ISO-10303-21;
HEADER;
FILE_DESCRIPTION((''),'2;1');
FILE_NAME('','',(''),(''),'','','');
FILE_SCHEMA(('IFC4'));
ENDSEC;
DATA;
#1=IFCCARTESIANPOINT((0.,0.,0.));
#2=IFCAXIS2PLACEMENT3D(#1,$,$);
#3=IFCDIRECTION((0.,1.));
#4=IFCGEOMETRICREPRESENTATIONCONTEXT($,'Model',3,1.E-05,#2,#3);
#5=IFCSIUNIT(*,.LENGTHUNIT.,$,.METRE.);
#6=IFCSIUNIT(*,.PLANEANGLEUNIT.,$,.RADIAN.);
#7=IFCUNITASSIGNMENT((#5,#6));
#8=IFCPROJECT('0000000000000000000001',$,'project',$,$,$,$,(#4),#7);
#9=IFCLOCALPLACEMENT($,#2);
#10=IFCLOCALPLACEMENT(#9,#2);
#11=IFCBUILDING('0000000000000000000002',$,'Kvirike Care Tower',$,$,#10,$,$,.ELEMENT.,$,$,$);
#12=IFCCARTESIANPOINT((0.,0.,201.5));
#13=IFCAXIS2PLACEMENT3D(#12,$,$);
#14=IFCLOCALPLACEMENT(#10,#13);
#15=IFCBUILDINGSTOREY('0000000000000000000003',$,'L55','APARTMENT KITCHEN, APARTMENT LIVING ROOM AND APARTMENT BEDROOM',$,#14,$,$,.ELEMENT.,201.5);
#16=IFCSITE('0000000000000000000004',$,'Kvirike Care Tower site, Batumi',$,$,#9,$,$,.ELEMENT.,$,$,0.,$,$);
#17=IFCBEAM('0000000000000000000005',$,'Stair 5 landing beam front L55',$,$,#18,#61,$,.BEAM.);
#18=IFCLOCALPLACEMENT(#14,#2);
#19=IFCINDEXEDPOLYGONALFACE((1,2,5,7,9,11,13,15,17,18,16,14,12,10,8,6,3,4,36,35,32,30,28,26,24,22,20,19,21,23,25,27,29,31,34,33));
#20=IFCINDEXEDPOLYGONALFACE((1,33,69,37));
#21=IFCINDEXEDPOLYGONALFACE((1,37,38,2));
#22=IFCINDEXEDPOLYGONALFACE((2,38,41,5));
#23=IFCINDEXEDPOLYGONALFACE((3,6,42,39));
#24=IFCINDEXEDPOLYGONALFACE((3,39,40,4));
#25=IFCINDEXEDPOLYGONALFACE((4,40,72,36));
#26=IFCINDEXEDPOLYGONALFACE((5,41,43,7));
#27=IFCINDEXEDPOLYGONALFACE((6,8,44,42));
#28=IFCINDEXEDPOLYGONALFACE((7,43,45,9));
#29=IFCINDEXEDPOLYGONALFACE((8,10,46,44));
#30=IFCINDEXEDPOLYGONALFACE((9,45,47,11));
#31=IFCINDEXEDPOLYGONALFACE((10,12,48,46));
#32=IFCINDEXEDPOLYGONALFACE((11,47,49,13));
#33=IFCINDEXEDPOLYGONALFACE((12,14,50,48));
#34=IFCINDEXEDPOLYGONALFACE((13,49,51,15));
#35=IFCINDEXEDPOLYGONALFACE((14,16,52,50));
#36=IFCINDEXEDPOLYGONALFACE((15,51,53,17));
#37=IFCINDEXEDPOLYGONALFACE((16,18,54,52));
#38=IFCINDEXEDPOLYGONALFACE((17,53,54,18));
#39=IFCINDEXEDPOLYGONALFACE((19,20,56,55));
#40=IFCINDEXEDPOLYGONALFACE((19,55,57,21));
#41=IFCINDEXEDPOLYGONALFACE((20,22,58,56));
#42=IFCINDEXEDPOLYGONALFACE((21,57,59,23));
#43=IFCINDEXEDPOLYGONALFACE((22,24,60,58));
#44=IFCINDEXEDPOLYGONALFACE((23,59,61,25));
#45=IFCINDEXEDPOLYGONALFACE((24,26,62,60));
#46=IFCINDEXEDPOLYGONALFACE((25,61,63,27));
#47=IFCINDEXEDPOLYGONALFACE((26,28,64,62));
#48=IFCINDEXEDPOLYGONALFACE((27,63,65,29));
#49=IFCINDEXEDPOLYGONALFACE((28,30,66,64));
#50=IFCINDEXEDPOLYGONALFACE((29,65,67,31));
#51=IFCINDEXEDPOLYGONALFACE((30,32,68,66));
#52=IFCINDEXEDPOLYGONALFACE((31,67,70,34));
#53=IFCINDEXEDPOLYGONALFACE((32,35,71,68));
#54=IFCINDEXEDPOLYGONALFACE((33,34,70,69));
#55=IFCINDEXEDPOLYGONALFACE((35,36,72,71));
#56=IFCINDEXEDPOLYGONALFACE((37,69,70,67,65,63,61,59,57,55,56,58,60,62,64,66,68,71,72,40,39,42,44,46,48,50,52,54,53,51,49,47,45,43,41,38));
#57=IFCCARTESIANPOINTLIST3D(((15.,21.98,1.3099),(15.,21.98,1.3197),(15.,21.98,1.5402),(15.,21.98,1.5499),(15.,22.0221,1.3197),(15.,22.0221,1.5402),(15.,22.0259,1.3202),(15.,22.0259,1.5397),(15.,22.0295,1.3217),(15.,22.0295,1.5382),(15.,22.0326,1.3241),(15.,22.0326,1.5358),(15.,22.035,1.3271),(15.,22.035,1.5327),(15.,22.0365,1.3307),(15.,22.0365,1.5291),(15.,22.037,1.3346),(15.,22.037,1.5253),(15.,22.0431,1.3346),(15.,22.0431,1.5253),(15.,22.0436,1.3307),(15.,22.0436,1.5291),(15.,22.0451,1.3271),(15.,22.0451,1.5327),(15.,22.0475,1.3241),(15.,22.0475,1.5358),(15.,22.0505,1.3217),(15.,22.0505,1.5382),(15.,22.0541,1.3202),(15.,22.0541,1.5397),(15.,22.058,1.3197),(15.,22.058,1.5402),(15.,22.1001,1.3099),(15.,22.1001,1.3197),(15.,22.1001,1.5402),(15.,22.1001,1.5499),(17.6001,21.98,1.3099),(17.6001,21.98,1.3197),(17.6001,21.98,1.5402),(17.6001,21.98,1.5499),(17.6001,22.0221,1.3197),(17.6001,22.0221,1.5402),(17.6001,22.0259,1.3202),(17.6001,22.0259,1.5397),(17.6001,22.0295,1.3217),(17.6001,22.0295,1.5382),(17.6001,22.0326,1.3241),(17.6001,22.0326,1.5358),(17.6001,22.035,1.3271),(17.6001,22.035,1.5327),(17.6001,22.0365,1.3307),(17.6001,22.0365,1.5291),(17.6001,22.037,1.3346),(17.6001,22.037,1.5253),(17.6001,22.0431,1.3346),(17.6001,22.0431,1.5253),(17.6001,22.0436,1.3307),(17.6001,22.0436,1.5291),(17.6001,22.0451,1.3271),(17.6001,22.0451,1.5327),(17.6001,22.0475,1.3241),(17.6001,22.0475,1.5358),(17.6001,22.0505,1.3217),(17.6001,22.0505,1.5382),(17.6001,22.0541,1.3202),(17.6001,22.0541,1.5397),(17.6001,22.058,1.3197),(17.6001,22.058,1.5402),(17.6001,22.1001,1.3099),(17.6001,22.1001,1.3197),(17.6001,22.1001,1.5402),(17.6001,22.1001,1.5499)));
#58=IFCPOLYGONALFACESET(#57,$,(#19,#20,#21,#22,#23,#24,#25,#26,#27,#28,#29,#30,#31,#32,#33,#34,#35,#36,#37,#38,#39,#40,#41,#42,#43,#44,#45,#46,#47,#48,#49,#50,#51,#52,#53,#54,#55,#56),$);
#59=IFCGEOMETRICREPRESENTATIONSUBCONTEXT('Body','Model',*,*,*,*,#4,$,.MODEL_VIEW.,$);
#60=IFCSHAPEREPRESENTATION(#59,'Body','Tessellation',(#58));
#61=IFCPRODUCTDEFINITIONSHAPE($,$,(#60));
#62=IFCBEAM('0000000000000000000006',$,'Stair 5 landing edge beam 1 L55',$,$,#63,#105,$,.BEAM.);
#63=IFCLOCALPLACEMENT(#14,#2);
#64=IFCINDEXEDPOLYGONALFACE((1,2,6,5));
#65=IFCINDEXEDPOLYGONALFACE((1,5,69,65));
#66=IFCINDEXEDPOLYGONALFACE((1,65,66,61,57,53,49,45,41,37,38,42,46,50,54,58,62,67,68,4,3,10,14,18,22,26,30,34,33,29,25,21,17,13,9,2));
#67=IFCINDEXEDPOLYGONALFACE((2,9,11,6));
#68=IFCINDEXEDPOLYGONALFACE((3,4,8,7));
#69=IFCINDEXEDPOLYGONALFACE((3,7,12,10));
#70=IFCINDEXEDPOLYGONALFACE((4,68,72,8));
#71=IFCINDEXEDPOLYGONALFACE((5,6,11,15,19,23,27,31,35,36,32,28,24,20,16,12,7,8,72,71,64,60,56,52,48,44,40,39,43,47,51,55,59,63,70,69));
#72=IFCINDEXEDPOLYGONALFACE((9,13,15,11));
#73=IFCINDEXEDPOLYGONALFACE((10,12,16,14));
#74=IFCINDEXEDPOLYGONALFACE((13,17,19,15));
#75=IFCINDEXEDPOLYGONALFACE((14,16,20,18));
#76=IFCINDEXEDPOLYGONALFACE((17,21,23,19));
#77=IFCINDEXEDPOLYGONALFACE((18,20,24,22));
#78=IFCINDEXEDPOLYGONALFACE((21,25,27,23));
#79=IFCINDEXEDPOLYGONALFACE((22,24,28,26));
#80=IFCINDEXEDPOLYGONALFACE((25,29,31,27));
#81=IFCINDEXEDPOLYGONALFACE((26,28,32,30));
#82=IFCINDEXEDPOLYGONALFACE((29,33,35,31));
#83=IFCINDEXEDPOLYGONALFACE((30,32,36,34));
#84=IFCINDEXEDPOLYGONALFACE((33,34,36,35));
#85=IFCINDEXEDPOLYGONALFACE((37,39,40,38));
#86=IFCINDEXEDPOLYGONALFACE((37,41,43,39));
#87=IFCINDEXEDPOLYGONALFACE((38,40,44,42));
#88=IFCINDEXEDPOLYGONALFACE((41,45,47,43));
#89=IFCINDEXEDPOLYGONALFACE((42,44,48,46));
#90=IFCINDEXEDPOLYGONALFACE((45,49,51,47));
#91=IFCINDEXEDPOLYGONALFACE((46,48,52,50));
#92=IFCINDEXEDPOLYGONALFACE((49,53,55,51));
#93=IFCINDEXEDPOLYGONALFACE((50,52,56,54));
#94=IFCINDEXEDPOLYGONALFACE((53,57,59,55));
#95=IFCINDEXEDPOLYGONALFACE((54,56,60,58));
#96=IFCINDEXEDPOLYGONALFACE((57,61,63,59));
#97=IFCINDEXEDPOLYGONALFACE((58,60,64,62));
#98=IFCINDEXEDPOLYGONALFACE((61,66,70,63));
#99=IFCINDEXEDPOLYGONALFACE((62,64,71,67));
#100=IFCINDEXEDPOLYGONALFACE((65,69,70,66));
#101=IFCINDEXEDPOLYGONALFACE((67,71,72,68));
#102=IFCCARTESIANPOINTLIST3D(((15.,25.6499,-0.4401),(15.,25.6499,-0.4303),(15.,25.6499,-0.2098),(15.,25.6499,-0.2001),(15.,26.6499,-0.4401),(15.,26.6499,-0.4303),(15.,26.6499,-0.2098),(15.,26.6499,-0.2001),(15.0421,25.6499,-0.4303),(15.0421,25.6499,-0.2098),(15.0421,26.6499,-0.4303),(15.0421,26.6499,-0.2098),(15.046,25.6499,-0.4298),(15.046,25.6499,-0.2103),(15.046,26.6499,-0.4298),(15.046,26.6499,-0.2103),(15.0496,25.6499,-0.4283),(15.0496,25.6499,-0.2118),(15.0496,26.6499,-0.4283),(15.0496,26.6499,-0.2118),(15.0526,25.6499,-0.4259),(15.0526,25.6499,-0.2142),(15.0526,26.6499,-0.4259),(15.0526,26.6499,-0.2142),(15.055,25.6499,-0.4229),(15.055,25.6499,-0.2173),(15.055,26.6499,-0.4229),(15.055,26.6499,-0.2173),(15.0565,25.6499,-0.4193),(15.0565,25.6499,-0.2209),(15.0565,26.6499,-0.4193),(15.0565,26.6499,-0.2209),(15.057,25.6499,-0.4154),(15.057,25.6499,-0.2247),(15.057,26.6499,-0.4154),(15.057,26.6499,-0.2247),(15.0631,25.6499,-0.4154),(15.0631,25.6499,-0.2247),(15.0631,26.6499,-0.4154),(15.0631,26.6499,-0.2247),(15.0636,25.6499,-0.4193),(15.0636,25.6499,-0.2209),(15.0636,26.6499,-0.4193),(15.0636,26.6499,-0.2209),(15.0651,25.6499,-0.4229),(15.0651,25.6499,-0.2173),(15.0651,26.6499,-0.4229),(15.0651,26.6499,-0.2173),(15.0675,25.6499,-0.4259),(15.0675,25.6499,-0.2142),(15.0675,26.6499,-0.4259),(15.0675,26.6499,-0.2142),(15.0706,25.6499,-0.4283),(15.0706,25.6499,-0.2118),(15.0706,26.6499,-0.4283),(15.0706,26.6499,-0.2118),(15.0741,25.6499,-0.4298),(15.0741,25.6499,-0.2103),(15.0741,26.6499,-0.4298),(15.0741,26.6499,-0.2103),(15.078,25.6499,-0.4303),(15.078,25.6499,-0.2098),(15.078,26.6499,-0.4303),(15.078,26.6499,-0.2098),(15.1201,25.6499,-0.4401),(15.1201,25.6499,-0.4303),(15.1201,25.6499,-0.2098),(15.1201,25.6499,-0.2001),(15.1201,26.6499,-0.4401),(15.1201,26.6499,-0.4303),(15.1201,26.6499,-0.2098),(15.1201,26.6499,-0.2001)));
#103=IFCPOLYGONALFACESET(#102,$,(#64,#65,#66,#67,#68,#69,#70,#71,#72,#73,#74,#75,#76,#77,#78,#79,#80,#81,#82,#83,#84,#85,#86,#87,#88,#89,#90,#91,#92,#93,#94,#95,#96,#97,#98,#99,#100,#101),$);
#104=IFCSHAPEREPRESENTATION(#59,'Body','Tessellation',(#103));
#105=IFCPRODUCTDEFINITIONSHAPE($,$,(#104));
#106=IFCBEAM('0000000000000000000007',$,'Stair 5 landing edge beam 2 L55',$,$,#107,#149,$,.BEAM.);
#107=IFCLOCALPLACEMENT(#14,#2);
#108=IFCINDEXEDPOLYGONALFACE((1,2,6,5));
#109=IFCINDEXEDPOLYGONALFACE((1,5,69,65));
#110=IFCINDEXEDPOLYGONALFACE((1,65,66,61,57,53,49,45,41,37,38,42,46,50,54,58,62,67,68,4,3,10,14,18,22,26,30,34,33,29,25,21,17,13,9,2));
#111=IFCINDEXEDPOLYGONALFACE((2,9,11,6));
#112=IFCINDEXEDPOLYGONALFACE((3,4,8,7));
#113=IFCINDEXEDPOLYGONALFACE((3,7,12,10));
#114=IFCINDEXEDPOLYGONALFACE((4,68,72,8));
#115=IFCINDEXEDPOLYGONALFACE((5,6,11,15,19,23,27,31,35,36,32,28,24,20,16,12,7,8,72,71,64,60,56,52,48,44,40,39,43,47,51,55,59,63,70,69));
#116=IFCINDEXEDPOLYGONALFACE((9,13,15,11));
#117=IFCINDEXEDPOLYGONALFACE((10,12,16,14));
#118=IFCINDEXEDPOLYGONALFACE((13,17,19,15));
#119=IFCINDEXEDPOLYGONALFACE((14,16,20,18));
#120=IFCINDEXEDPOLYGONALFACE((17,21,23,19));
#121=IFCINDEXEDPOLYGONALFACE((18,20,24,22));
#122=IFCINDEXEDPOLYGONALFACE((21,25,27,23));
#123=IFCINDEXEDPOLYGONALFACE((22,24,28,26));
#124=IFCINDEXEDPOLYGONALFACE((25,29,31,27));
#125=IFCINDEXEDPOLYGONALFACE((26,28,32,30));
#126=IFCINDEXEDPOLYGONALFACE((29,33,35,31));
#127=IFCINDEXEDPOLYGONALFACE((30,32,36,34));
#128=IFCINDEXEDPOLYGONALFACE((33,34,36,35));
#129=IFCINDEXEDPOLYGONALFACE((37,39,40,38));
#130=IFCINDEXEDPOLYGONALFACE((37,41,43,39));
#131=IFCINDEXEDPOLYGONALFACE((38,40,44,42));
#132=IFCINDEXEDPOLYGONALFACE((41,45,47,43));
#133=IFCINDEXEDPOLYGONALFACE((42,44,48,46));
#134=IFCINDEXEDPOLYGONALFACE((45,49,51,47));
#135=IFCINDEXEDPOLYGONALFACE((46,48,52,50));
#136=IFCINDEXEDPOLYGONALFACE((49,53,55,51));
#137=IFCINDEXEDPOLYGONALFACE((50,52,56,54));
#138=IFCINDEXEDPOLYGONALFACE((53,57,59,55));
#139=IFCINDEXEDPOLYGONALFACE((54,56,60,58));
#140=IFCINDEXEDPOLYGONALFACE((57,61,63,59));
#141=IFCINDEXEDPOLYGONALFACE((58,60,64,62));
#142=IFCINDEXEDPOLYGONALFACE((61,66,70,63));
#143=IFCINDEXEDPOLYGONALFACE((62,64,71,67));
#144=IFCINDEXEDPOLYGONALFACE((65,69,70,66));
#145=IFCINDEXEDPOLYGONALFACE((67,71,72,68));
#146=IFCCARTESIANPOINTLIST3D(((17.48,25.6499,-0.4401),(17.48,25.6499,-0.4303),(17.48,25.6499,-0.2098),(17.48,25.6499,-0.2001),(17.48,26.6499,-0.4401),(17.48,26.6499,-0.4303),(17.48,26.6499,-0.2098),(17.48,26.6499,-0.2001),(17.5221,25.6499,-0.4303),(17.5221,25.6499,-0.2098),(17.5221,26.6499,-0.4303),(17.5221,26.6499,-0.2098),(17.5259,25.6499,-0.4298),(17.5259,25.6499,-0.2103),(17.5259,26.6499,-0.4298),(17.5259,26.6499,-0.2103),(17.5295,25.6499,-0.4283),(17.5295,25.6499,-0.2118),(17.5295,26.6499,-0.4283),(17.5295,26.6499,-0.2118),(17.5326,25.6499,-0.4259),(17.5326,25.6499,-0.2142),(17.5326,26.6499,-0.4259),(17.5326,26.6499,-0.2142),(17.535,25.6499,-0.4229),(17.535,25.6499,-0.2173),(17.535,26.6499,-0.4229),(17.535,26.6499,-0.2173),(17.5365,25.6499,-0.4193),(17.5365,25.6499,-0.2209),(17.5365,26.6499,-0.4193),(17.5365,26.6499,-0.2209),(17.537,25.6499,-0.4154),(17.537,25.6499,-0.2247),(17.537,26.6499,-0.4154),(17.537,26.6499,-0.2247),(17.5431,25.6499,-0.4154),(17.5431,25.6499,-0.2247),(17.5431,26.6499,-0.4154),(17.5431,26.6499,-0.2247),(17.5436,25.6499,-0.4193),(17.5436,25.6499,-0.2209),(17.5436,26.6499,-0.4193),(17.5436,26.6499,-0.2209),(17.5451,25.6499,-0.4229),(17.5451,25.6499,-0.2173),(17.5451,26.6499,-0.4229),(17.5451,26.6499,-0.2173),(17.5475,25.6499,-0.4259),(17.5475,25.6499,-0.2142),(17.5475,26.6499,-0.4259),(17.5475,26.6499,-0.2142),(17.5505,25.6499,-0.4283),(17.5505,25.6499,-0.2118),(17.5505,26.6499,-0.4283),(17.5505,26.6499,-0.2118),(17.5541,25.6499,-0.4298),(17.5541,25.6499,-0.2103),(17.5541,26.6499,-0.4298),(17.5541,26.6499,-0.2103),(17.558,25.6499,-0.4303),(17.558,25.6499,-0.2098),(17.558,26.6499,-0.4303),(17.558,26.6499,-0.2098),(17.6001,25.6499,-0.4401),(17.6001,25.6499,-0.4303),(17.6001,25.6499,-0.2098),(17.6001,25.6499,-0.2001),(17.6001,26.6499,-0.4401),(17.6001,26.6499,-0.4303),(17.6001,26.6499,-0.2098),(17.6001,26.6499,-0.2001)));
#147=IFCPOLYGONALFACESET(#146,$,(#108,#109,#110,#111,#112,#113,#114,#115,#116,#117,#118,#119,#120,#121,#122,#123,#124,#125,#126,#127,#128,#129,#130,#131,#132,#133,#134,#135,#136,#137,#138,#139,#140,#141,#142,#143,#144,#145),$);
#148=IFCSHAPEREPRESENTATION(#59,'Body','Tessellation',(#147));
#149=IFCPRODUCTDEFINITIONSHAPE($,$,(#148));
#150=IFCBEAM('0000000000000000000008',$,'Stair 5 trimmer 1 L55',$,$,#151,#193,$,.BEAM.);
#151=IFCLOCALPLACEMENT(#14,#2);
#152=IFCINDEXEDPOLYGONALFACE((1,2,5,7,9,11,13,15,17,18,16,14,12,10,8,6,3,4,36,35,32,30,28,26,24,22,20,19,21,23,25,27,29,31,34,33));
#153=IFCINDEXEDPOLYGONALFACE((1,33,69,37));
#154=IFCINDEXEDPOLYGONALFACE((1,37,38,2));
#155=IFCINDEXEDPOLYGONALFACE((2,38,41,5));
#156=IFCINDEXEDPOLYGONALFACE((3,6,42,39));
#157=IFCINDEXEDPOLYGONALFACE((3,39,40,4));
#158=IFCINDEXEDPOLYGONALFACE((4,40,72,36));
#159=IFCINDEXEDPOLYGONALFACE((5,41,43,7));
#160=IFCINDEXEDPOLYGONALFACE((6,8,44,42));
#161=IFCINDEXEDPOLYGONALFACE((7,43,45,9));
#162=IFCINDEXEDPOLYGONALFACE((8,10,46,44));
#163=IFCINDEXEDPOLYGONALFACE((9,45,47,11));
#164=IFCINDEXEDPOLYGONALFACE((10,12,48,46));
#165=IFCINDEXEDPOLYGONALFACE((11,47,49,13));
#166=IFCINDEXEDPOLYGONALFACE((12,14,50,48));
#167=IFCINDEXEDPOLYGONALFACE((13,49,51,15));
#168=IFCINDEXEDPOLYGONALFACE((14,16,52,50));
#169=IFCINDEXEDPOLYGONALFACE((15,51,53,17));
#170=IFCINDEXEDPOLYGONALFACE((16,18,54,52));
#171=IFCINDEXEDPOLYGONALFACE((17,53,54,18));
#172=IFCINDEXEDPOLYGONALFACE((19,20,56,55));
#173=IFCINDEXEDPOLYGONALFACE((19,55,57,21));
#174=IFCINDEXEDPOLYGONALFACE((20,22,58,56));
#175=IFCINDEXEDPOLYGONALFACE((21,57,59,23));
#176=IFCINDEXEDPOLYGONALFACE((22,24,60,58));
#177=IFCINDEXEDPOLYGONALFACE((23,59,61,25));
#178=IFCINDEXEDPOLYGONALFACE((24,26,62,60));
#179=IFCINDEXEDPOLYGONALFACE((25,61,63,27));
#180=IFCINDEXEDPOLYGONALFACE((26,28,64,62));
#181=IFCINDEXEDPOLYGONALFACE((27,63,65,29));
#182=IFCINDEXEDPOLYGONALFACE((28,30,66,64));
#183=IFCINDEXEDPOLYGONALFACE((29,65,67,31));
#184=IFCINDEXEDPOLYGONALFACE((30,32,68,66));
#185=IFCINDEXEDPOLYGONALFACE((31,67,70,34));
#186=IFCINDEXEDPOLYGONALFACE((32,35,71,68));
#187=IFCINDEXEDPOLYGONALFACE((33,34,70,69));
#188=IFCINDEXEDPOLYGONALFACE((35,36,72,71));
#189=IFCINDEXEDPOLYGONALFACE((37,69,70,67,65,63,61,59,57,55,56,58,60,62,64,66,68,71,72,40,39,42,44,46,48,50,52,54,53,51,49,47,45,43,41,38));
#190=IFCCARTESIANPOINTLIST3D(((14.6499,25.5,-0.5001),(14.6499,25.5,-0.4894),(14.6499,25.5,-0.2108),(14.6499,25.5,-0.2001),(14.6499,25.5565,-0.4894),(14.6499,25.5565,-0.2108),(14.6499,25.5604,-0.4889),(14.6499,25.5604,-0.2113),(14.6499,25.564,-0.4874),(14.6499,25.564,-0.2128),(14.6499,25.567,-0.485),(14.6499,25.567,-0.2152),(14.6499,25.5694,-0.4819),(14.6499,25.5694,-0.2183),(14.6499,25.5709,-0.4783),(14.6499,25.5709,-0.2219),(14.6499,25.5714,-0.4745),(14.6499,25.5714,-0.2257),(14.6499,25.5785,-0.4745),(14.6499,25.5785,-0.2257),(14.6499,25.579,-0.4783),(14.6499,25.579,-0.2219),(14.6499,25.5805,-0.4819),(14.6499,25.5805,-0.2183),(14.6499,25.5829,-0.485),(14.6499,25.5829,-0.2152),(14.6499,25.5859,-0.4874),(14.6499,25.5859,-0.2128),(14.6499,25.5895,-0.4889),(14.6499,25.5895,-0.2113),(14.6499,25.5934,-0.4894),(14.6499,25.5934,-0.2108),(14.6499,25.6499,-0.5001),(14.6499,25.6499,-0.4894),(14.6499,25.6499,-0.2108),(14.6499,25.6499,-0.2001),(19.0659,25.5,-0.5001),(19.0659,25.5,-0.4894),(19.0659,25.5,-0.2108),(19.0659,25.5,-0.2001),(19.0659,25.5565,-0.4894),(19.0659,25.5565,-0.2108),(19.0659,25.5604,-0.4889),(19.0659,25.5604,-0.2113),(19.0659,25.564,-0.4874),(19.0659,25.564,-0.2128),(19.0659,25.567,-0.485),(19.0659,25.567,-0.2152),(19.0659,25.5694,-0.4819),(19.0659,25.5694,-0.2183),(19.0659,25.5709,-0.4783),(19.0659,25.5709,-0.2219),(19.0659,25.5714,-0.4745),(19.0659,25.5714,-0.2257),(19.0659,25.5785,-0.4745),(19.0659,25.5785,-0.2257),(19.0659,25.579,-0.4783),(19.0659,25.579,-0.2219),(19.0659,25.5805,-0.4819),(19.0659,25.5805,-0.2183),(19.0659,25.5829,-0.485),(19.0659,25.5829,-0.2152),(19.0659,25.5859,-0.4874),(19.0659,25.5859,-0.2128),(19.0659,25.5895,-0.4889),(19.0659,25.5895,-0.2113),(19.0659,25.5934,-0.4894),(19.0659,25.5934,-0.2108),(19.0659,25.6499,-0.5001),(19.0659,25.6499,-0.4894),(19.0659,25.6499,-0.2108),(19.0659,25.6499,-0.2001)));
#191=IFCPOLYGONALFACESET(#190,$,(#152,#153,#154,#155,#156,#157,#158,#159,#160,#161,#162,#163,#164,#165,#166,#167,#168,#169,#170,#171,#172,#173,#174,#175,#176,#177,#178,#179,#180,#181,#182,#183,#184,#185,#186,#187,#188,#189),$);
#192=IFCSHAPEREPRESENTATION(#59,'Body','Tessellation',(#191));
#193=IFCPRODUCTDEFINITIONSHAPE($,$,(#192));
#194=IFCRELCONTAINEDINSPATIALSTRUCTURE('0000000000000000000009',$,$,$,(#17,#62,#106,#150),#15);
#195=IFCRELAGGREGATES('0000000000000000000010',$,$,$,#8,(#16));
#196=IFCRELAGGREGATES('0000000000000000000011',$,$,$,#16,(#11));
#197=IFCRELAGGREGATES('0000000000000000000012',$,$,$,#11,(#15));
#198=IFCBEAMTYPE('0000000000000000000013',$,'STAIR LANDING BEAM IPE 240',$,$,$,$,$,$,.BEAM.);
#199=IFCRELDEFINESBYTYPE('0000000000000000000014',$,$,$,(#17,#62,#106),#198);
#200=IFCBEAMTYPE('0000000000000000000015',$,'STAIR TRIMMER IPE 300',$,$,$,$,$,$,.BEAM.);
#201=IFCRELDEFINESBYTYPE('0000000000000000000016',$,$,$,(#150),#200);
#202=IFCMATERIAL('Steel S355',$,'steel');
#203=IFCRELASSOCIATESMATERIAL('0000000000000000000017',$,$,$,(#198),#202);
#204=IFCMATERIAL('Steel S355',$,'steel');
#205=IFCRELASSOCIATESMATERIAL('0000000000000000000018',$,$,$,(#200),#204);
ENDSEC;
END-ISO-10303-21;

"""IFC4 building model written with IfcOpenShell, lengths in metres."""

from ifc_helpers import new_model, si_unit, direction, frame, origin, origin_2d, place, context, subcontext, project, spatial, i_section, extrude, material, material_profile, profile_set, type_object, element, save


model = new_model("IFC4")

# Units and contexts
model_context = context("Model", 3, precision=1e-05, world=origin(), true_north=direction((0.0, 1.0)))
body_context = subcontext(model_context, "Body", "Model", "MODEL_VIEW")
ifc_project = project(units=[si_unit("LENGTHUNIT", "METRE"), si_unit("PLANEANGLEUNIT", "RADIAN")], contexts=[model_context])

# Site, building, storey
site_placement = place(None, origin())
site = spatial("IfcSite", under=ifc_project, at=site_placement, Name="Kvirike Care Tower site, Batumi", CompositionType="ELEMENT", RefElevation=0.0)
building_placement = place(site_placement, origin())
building = spatial("IfcBuilding", under=site, at=building_placement, Name="Kvirike Care Tower", CompositionType="ELEMENT")
storey_placement = place(building_placement, frame((0.0, 0.0, 201.5)))
storey = spatial("IfcBuildingStorey", under=building, at=storey_placement, Name="L55", Description="APARTMENT KITCHEN, APARTMENT LIVING ROOM AND APARTMENT BEDROOM", CompositionType="ELEMENT", Elevation=201.5)

# Beams
ifc_material_1 = material(Name="Steel S355", Category="steel")
ifc_material_profile_1 = material_profile(ifc_material_1, i_section(OverallWidth=0.1201, OverallDepth=0.24, WebThickness=0.0061, FlangeThickness=0.0098, FilletRadius=0.0149, at=origin_2d()), Name="IPE 240")
ifc_profile_set_1 = profile_set([ifc_material_profile_1], Name="Steel S355")
beam_type_1 = type_object("IfcBeamType", Name="STAIR LANDING BEAM IPE 240", PredefinedType="BEAM", material=ifc_profile_set_1)
beam_1_placement = place(storey_placement, frame((15.0, 22.04, 1.4299), z_axis=(1.0, 0.0, 0.0), x_axis=(0.0, 1.0, 0.0)))
element("IfcBeam", 1, at=beam_1_placement, inside=storey, type_object=beam_type_1, Name="Stair 5 landing beam front L55", PredefinedType="BEAM", context=body_context, shape_type="SweptSolid", body=[
    extrude(i_section(OverallWidth=0.1201, OverallDepth=0.24, WebThickness=0.0061, FlangeThickness=0.0098, FilletRadius=0.0149, at=origin_2d()), origin(), (0.0, 0.0, 1.0), 2.6001),
])
for number, where, z_axis, x_axis, name in (
    (2, (15.0601, 25.6499, -0.3201), (0.0, 1.0, 0.0), (-1.0, 0.0, 0.0), "Stair 5 landing edge beam 1 L55"),
    (3, (17.54, 25.6499, -0.3201), (0.0, 1.0, 0.0), (-1.0, 0.0, 0.0), "Stair 5 landing edge beam 2 L55"),
):
    element("IfcBeam", number, at=place(storey_placement, frame(where, z_axis=z_axis, x_axis=x_axis)), inside=storey, type_object=beam_type_1, Name=name, PredefinedType="BEAM", context=body_context, shape_type="SweptSolid", body=[
        extrude(i_section(OverallWidth=0.1201, OverallDepth=0.24, WebThickness=0.0061, FlangeThickness=0.0098, FilletRadius=0.0149, at=origin_2d()), origin(), (0.0, 0.0, 1.0), 1.0),
    ])
ifc_material_2 = material(Name="Steel S355", Category="steel")
ifc_material_profile_2 = material_profile(ifc_material_2, i_section(OverallWidth=0.1499, OverallDepth=0.3, WebThickness=0.0071, FlangeThickness=0.0107, FilletRadius=0.0149, at=origin_2d()), Name="IPE 300")
ifc_profile_set_2 = profile_set([ifc_material_profile_2], Name="Steel S355")
beam_type_2 = type_object("IfcBeamType", Name="STAIR TRIMMER IPE 300", PredefinedType="BEAM", material=ifc_profile_set_2)
for number, where, z_axis, x_axis, name in (
    (4, (14.6499, 25.575, -0.3501), (1.0, 0.0, 0.0), (0.0, 1.0, 0.0), "Stair 5 trimmer 1 L55"),
):
    element("IfcBeam", number, at=place(storey_placement, frame(where, z_axis=z_axis, x_axis=x_axis)), inside=storey, type_object=beam_type_2, Name=name, PredefinedType="BEAM", context=body_context, shape_type="SweptSolid", body=[
        extrude(i_section(OverallWidth=0.1499, OverallDepth=0.3, WebThickness=0.0071, FlangeThickness=0.0107, FilletRadius=0.0149, at=origin_2d()), origin(), (0.0, 0.0, 1.0), 4.416),
    ])

save(model, "model.ifc")
